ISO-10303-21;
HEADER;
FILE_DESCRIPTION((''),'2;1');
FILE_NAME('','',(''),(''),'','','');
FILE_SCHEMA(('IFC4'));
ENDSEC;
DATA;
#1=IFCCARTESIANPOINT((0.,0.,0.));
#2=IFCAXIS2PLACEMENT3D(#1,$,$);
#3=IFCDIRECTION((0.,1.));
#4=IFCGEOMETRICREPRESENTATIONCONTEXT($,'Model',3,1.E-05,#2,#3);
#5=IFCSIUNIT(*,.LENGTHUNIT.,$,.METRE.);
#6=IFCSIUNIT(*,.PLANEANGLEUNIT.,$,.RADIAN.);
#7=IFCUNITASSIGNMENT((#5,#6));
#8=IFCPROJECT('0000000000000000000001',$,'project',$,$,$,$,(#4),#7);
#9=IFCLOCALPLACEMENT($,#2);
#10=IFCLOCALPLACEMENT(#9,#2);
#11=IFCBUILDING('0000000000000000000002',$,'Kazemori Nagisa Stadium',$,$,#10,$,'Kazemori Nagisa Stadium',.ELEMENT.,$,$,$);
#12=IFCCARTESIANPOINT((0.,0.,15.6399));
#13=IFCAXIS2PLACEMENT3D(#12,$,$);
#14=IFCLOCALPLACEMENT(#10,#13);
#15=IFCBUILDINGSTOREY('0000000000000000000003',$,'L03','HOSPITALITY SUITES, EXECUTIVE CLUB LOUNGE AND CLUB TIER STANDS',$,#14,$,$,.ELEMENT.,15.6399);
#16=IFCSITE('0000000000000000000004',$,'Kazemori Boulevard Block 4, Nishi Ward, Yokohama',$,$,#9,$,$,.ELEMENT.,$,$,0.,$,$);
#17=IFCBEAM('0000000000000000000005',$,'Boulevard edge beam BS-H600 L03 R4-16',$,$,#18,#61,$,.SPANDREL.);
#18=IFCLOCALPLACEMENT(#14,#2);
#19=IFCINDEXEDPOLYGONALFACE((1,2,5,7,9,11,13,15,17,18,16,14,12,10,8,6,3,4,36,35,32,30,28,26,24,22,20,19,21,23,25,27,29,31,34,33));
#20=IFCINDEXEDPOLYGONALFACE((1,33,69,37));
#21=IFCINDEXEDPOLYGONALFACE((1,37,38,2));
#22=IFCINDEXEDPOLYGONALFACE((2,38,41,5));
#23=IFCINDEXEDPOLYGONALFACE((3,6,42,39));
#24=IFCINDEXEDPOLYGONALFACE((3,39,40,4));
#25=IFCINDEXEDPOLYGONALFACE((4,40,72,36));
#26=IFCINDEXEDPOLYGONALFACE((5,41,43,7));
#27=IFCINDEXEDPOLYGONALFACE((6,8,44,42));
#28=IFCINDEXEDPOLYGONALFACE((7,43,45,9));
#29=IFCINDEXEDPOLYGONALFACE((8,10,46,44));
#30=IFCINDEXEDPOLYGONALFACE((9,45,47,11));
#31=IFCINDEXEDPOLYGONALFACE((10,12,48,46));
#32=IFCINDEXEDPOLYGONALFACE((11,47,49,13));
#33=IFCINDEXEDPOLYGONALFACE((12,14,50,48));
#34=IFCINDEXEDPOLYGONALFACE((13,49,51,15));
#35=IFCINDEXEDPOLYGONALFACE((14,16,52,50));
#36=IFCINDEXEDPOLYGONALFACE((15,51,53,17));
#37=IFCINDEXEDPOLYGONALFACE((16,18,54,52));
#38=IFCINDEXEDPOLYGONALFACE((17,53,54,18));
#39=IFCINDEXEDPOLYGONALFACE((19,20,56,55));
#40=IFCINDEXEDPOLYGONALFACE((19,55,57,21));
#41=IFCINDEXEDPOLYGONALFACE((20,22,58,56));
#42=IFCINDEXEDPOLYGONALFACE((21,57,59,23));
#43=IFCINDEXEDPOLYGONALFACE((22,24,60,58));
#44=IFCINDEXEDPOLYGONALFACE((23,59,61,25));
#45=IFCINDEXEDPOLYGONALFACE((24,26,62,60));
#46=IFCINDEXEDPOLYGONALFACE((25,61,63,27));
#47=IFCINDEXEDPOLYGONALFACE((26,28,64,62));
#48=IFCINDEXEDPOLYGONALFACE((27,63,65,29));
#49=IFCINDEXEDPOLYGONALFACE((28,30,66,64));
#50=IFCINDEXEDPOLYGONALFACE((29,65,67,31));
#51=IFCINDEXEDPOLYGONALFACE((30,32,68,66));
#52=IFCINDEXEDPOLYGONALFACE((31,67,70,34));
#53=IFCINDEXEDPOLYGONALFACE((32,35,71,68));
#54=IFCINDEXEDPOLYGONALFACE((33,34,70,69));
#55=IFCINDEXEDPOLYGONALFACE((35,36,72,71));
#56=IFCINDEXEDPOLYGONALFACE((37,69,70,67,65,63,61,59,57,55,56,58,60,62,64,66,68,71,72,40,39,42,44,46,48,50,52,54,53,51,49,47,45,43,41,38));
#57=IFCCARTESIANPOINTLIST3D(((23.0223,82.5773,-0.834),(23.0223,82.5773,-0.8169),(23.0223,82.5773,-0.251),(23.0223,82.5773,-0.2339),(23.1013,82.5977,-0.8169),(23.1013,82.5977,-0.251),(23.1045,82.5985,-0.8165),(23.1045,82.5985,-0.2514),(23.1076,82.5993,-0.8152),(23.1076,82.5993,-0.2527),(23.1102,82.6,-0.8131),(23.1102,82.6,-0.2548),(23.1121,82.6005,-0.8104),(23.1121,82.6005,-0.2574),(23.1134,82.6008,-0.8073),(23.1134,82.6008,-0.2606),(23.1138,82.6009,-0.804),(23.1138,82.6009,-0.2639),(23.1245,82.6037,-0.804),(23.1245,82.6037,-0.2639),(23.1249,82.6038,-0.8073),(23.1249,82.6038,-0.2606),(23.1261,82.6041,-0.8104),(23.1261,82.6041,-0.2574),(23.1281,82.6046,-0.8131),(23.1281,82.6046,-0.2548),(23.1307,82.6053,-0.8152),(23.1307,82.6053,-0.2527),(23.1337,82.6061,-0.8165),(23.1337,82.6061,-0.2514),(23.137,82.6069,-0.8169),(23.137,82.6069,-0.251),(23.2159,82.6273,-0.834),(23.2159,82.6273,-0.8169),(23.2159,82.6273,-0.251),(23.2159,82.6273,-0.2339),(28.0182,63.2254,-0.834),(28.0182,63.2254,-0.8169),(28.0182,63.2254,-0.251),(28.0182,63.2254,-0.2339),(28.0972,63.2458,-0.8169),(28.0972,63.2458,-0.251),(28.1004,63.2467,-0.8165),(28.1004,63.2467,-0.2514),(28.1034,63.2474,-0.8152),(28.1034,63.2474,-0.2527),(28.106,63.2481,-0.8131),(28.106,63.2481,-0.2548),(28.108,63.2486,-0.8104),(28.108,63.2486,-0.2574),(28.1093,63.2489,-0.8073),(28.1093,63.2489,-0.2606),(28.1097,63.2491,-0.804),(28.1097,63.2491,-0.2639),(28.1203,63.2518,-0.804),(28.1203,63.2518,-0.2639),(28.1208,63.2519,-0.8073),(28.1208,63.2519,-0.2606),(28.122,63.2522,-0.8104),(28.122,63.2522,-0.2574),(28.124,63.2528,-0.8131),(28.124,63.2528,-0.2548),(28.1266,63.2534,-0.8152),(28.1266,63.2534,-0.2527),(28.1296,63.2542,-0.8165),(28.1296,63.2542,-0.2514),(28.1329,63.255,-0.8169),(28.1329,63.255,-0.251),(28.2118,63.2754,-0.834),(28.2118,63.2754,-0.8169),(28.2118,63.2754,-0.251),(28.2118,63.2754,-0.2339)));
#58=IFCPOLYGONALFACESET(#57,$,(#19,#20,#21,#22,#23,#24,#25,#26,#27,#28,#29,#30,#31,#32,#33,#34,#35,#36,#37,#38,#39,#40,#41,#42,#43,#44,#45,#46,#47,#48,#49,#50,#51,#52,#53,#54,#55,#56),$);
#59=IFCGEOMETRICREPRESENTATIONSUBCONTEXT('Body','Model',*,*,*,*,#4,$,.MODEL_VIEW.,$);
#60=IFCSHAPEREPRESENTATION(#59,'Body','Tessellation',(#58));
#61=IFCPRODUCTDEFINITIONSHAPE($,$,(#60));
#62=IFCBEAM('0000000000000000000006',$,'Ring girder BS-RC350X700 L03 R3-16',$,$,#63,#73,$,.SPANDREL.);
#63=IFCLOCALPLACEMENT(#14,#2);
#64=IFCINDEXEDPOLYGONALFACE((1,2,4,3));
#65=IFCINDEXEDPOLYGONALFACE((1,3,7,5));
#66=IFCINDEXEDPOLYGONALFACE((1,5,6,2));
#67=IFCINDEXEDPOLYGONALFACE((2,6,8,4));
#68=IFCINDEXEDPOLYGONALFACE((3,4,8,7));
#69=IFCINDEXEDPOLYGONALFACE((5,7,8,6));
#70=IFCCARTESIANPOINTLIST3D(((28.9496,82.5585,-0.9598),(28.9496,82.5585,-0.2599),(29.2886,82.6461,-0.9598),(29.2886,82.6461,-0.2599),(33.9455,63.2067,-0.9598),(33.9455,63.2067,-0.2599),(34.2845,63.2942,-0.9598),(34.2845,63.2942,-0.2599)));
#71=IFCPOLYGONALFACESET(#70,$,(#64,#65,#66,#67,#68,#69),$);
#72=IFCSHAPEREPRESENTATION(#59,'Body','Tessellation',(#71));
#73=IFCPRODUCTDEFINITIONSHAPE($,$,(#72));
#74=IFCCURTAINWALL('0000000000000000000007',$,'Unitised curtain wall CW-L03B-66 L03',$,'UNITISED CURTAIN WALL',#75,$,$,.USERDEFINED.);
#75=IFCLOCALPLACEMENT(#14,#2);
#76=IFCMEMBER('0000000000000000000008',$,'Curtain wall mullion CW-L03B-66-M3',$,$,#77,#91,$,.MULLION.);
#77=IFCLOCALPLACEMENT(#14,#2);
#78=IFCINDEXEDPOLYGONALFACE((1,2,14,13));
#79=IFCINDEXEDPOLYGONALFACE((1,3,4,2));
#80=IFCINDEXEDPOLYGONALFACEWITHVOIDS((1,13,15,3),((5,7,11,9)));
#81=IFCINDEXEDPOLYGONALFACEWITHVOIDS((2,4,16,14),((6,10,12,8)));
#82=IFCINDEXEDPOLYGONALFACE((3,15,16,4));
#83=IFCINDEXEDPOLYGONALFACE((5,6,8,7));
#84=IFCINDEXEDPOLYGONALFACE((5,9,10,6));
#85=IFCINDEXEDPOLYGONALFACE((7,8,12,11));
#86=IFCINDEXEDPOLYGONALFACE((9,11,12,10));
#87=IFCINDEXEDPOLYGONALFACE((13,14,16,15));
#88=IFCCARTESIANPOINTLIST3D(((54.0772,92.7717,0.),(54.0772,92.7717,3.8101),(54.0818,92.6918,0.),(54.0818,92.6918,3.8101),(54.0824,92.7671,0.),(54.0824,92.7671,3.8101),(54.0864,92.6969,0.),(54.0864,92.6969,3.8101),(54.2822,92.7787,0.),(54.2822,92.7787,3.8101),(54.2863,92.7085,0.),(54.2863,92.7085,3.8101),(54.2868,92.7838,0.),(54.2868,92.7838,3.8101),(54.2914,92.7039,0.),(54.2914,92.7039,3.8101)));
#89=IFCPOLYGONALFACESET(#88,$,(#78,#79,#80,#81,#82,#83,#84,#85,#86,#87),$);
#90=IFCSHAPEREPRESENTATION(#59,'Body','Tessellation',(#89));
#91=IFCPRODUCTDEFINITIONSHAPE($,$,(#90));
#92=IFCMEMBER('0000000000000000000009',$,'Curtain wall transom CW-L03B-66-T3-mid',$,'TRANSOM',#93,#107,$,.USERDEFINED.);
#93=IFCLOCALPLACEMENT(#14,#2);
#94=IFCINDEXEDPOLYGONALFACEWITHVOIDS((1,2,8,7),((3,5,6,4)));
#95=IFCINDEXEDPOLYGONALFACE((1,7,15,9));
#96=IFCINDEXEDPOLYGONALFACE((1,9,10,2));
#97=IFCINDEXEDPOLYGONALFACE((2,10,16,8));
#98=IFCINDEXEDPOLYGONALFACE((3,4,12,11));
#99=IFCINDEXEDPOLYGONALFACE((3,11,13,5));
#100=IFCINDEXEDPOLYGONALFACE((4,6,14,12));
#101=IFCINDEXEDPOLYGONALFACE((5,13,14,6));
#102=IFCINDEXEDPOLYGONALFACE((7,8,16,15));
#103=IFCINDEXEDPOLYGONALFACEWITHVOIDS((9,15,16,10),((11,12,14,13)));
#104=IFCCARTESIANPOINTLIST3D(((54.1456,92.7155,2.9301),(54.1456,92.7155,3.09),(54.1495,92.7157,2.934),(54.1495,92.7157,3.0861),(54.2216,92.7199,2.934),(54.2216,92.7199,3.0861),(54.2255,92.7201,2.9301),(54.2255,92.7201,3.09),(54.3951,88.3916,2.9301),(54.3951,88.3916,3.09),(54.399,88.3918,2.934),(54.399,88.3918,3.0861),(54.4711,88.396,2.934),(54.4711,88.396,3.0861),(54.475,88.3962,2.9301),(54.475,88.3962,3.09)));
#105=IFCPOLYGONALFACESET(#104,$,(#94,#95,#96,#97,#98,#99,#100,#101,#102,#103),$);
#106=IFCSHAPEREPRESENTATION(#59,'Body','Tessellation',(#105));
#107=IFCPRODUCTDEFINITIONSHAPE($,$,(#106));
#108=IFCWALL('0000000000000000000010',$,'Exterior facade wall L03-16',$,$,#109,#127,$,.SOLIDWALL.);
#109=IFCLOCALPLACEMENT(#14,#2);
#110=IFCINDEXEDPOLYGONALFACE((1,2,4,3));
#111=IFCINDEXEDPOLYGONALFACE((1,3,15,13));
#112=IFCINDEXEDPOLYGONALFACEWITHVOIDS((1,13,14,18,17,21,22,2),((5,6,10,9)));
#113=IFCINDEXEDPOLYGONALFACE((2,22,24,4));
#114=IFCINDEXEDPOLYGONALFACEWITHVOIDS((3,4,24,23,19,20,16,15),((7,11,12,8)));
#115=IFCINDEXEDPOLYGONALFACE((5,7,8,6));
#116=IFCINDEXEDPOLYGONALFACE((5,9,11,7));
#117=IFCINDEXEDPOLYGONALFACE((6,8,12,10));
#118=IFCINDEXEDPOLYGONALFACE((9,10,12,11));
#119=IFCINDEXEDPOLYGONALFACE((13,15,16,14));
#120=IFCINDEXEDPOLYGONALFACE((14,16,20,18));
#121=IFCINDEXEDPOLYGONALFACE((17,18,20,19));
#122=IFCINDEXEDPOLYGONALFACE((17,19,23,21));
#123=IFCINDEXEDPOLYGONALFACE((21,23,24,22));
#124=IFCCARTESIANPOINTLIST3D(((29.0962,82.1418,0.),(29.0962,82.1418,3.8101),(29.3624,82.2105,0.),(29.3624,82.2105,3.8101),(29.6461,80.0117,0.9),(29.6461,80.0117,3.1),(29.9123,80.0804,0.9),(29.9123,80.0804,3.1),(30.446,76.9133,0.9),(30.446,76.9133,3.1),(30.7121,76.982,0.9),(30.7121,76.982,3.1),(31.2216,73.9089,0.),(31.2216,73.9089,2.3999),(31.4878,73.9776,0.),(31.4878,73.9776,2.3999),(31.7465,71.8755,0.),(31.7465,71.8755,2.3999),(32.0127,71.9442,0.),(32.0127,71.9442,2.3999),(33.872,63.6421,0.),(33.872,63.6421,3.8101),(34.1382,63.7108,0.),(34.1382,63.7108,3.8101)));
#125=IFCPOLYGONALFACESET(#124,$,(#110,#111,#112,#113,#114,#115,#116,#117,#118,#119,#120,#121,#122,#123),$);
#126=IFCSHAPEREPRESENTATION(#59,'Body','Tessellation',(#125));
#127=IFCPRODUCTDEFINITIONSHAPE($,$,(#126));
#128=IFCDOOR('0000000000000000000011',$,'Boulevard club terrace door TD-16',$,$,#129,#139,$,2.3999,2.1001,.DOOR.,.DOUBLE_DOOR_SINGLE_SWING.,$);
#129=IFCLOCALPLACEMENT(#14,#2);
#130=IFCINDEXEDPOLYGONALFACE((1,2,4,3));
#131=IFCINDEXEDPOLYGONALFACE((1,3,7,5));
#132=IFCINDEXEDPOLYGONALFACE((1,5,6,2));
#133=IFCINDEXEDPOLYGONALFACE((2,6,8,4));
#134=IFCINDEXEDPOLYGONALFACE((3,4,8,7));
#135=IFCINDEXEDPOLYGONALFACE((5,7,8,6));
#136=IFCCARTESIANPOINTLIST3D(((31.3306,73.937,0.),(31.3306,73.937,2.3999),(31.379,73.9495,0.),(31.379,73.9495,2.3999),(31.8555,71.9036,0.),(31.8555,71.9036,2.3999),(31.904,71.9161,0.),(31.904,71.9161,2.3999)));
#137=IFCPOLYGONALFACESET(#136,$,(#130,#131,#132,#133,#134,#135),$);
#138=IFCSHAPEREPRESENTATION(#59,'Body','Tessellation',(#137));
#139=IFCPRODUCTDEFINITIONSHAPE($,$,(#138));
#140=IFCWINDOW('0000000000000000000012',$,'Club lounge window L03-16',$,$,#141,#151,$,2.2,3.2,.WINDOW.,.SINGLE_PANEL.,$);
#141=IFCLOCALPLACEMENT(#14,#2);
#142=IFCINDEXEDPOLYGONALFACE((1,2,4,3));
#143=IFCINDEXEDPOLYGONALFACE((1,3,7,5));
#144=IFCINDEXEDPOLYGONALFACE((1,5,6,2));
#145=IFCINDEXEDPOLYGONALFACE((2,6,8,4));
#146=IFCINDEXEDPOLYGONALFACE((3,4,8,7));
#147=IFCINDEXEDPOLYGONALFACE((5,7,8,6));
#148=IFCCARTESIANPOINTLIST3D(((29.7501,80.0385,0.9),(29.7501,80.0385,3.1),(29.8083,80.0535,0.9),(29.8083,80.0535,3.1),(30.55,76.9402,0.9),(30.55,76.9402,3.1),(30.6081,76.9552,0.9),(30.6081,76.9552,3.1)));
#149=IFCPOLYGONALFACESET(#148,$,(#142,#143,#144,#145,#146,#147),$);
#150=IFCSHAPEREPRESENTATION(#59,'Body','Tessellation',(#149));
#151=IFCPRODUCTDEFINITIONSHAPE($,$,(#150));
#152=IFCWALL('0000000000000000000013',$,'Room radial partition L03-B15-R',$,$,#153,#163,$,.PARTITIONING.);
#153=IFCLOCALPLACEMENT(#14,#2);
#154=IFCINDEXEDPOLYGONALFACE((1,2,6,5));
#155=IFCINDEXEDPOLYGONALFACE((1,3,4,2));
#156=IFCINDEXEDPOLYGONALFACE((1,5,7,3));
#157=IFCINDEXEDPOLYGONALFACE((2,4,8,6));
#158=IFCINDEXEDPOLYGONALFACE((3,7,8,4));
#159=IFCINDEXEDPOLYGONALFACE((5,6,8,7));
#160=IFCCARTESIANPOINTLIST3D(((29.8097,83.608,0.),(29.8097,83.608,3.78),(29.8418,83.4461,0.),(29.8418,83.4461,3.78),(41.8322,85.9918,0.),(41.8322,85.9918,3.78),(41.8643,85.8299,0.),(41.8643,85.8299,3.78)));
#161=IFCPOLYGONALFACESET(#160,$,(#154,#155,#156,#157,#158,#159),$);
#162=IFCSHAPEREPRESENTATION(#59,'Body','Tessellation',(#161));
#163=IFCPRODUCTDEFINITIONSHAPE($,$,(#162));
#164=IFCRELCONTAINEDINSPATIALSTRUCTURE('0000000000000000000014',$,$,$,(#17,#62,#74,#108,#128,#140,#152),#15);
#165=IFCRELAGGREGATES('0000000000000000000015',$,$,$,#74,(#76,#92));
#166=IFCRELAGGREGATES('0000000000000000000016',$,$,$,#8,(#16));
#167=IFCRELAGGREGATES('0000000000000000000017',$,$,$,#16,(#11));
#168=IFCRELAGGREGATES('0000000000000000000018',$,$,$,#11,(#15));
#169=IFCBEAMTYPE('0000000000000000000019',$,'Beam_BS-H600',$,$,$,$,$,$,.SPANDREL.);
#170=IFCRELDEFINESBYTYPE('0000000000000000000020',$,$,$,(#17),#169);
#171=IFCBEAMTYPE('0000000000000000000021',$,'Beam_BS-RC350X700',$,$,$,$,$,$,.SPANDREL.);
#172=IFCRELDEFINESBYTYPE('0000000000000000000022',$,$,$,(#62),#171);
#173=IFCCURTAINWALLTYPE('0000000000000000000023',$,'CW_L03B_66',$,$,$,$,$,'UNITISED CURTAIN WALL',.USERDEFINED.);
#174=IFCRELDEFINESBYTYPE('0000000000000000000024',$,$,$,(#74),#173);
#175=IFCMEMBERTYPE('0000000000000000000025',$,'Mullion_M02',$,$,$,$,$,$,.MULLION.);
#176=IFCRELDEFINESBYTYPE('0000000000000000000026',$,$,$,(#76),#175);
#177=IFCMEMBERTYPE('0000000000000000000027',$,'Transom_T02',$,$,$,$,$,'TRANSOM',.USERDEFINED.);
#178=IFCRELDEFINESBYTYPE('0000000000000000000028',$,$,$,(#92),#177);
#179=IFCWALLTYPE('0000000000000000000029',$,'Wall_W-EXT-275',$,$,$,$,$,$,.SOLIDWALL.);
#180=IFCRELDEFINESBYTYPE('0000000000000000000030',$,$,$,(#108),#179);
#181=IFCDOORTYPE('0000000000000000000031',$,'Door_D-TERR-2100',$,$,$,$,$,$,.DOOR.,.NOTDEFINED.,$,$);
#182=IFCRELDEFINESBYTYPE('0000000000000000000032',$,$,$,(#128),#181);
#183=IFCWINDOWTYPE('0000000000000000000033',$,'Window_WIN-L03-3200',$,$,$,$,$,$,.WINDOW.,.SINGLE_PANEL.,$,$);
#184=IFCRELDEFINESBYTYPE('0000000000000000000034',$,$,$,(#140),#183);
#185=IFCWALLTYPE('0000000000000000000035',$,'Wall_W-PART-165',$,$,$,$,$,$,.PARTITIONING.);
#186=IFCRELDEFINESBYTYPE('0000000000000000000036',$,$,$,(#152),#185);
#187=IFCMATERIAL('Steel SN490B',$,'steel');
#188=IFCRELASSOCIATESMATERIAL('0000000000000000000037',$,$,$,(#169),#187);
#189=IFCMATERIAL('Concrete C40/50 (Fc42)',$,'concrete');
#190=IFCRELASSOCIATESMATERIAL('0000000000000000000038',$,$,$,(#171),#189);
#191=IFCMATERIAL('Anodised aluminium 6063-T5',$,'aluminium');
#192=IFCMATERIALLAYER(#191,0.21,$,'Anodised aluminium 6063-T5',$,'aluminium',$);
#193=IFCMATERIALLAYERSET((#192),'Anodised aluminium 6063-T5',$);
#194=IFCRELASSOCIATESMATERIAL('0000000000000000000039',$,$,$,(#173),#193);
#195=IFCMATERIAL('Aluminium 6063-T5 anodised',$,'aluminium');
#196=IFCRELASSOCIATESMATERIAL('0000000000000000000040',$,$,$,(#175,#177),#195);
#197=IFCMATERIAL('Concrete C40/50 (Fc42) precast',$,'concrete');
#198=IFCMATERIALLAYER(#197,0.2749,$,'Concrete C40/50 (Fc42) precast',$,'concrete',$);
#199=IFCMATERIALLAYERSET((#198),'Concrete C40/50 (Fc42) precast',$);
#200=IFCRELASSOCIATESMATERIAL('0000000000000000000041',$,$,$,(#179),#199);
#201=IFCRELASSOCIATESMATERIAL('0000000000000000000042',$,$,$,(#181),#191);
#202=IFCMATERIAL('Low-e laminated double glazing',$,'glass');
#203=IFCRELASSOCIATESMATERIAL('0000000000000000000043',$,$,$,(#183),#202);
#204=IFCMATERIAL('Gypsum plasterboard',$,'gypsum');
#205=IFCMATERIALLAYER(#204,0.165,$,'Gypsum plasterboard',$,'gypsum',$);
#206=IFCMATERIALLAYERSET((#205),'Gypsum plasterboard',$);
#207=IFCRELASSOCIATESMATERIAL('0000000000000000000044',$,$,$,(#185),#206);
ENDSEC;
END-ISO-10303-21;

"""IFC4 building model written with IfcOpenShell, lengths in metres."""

from ifc_helpers import new_model, si_unit, direction, frame, frame_2d, origin, origin_2d, place, context, subcontext, project, spatial, rectangle, hollow_rectangle, i_section, extrude, material, layer, layer_set, material_profile, profile_set, type_object, element, fill, aggregate, save


model = new_model("IFC4")

# Units and contexts
model_context = context("Model", 3, precision=1e-05, world=origin(), true_north=direction((0.0, 1.0)))
body_context = subcontext(model_context, "Body", "Model", "MODEL_VIEW")
ifc_project = project(units=[si_unit("LENGTHUNIT", "METRE"), si_unit("PLANEANGLEUNIT", "RADIAN")], contexts=[model_context])

# Site, building, storey
site_placement = place(None, origin())
site = spatial("IfcSite", under=ifc_project, at=site_placement, Name="Kazemori Boulevard Block 4, Nishi Ward, Yokohama", CompositionType="ELEMENT", RefElevation=0.0)
building_placement = place(site_placement, origin())
building = spatial("IfcBuilding", under=site, at=building_placement, Name="Kazemori Nagisa Stadium", LongName="Kazemori Nagisa Stadium", CompositionType="ELEMENT")
storey_placement = place(building_placement, frame((0.0, 0.0, 15.6399)))
storey = spatial("IfcBuildingStorey", under=building, at=storey_placement, Name="L03", Description="HOSPITALITY SUITES, EXECUTIVE CLUB LOUNGE AND CLUB TIER STANDS", CompositionType="ELEMENT", Elevation=15.6399)

# Shared definitions
ifc_material_1 = material(Name="Concrete C40/50 (Fc42)", Category="concrete")

# Beams
ifc_material_2 = material(Name="Steel SN490B", Category="steel")
ifc_material_profile_1 = material_profile(ifc_material_2, i_section(OverallWidth=0.2, OverallDepth=0.6001, WebThickness=0.011, FlangeThickness=0.0171, FilletRadius=0.0129, at=origin_2d()), Name="H-600x200x11x17")
ifc_profile_set_1 = profile_set([ifc_material_profile_1], Name="Steel SN490B")
beam_type_1 = type_object("IfcBeamType", Name="Beam_BS-H600", PredefinedType="SPANDREL", material=ifc_profile_set_1)
beam_1_placement = place(storey_placement, frame((23.1191, 82.6023, -0.5339), z_axis=(0.249964, -0.968255, 0.0), x_axis=(0.968255, 0.249964, 0.0)))
element("IfcBeam", 1, at=beam_1_placement, inside=storey, type_object=beam_type_1, Name="Boulevard edge beam BS-H600 L03 R4-16", PredefinedType="SPANDREL", context=body_context, shape_type="SweptSolid", body=[
    extrude(i_section(OverallWidth=0.2, OverallDepth=0.6001, WebThickness=0.011, FlangeThickness=0.0171, FilletRadius=0.0129, at=origin_2d()), origin(), (0.0, 0.0, 1.0), 19.9863),
])
ifc_material_profile_2 = material_profile(ifc_material_1, rectangle(XDim=0.3501, YDim=0.7, at=origin_2d()), Name="RC-SP-350x700")
ifc_profile_set_2 = profile_set([ifc_material_profile_2], Name="Concrete C40/50 (Fc42)")
beam_type_2 = type_object("IfcBeamType", Name="Beam_BS-RC350X700", PredefinedType="SPANDREL", material=ifc_profile_set_2)
beam_2_placement = place(storey_placement, frame((29.1191, 82.6023, -0.6099), z_axis=(0.249964, -0.968255, 0.0), x_axis=(0.968255, 0.249964, 0.0)))
element("IfcBeam", 2, at=beam_2_placement, inside=storey, type_object=beam_type_2, Name="Ring girder BS-RC350X700 L03 R3-16", PredefinedType="SPANDREL", context=body_context, shape_type="SweptSolid", body=[
    extrude(rectangle(XDim=0.3501, YDim=0.7, at=origin_2d()), origin(), (0.0, 0.0, 1.0), 19.9863),
])

# Curtain wall, members
ifc_material_3 = material(Name="Anodised aluminium 6063-T5", Category="aluminium")
ifc_layer_1 = layer(ifc_material_3, 0.21, Name="Anodised aluminium 6063-T5", Category="aluminium")
ifc_layer_set_1 = layer_set([ifc_layer_1], Name="Anodised aluminium 6063-T5")
curtain_wall_type = type_object("IfcCurtainWallType", Name="CW_L03B_66", ElementType="UNITISED CURTAIN WALL", PredefinedType="USERDEFINED", material=ifc_layer_set_1)
curtain_wall_placement = place(storey_placement, origin())
curtain_wall = element("IfcCurtainWall", 3, at=curtain_wall_placement, inside=storey, type_object=curtain_wall_type, Name="Unitised curtain wall CW-L03B-66 L03", ObjectType="UNITISED CURTAIN WALL", PredefinedType="USERDEFINED")
ifc_material_4 = material(Name="Aluminium 6063-T5 anodised", Category="aluminium")
ifc_material_profile_3 = material_profile(ifc_material_4, hollow_rectangle(XDim=0.0801, YDim=0.21, WallThickness=0.0049, at=origin_2d()), Name="ALU-MULL-80x210x5")
ifc_profile_set_3 = profile_set([ifc_material_profile_3], Name="Aluminium 6063-T5 anodised")
member_type_1 = type_object("IfcMemberType", Name="Mullion_M02", PredefinedType="MULLION", material=ifc_profile_set_3)
member_1_placement = place(storey_placement, frame((54.1843, 92.7378, 0.0), z_axis=(0.0, 0.0, 1.0), x_axis=(0.057602, -0.99834, 0.0)))
member_1 = element("IfcMember", 4, at=member_1_placement, type_object=member_type_1, Name="Curtain wall mullion CW-L03B-66-M3", PredefinedType="MULLION", context=body_context, shape_type="SweptSolid", body=[
    extrude(hollow_rectangle(XDim=0.0801, YDim=0.21, WallThickness=0.0049, at=origin_2d()), origin(), (0.0, 0.0, 1.0), 3.8101),
])
ifc_material_profile_4 = material_profile(ifc_material_4, hollow_rectangle(XDim=0.0801, YDim=0.1599, WallThickness=0.0039, at=origin_2d()), Name="ALU-TRAN-80x160x4")
ifc_profile_set_4 = profile_set([ifc_material_profile_4], Name="Aluminium 6063-T5 anodised")
member_type_2 = type_object("IfcMemberType", Name="Transom_T02", ElementType="TRANSOM", PredefinedType="USERDEFINED", material=ifc_profile_set_4)
member_2_placement = place(storey_placement, frame((54.1855, 92.7178, 3.01), z_axis=(0.057608, -0.998339, 0.0), x_axis=(0.998339, 0.057608, 0.0)))
member_2 = element("IfcMember", 5, at=member_2_placement, type_object=member_type_2, Name="Curtain wall transom CW-L03B-66-T3-mid", ObjectType="TRANSOM", PredefinedType="USERDEFINED", context=body_context, shape_type="SweptSolid", body=[
    extrude(hollow_rectangle(XDim=0.0801, YDim=0.1599, WallThickness=0.0039, at=origin_2d()), origin(), (0.0, 0.0, 1.0), 4.3311),
])
aggregate(curtain_wall, [member_1, member_2])

# Wall, openings, door, window
ifc_material_5 = material(Name="Concrete C40/50 (Fc42) precast", Category="concrete")
ifc_layer_2 = layer(ifc_material_5, 0.2749, Name="Concrete C40/50 (Fc42) precast", Category="concrete")
ifc_layer_set_2 = layer_set([ifc_layer_2], Name="Concrete C40/50 (Fc42) precast")
wall_type_1 = type_object("IfcWallType", Name="Wall_W-EXT-275", PredefinedType="SOLIDWALL", material=ifc_layer_set_2)
wall_1_placement = place(storey_placement, frame((29.2292, 82.1763, 0.0), z_axis=(0.0, 0.0, 1.0), x_axis=(0.249964, -0.968255, 0.0)))
wall_1 = element("IfcWall", 6, at=wall_1_placement, inside=storey, type_object=wall_type_1, Name="Exterior facade wall L03-16", PredefinedType="SOLIDWALL", context=body_context, shape_type="SweptSolid", body=[
    extrude(rectangle(XDim=19.1062, YDim=0.2749, at=frame_2d((9.5532, 0.0))), origin(), (0.0, 0.0, 1.0), 3.8101),
])
opening_1_placement = place(wall_1_placement, frame((8.5029, 0.0, 0.0)))
opening_1 = element("IfcOpeningElement", 7, at=opening_1_placement, cuts=wall_1, PredefinedType="OPENING", context=body_context, shape_type="SweptSolid", body=[
    extrude(rectangle(XDim=2.1001, YDim=2.3999, at=frame_2d((1.05, 1.2))), frame((0.0, 0.1475, 0.0), z_axis=(0.0, -1.0, 0.0), x_axis=(1.0, 0.0, 0.0)), (0.0, 0.0, 1.0), 0.2949),
])
opening_2_placement = place(wall_1_placement, frame((2.2, 0.0, 0.8999)))
opening_2 = element("IfcOpeningElement", 8, at=opening_2_placement, cuts=wall_1, PredefinedType="OPENING", context=body_context, shape_type="SweptSolid", body=[
    extrude(rectangle(XDim=3.2, YDim=2.2, at=frame_2d((1.6001, 1.1001))), frame((0.0, 0.1475, 0.0), z_axis=(0.0, -1.0, 0.0), x_axis=(1.0, 0.0, 0.0)), (0.0, 0.0, 1.0), 0.2949),
])
door_type_1 = type_object("IfcDoorType", Name="Door_D-TERR-2100", OperationType="NOTDEFINED", PredefinedType="DOOR", material=ifc_material_3)
door_1_placement = place(opening_1_placement, frame((2.1001, 0.0, 0.0), z_axis=(0.0, 0.0, 1.0), x_axis=(-1.0, 0.0, 0.0)))
door_1 = element("IfcDoor", 9, at=door_1_placement, inside=storey, type_object=door_type_1, Name="Boulevard club terrace door TD-16", OperationType="DOUBLE_DOOR_SINGLE_SWING", OverallHeight=2.3999, OverallWidth=2.1001, PredefinedType="DOOR", context=body_context, shape_type="SweptSolid", body=[
    extrude(rectangle(XDim=2.1001, YDim=2.3999, at=frame_2d((1.05, 1.2))), frame((0.0, 0.0249, 0.0), z_axis=(0.0, -1.0, 0.0), x_axis=(1.0, 0.0, 0.0)), (0.0, 0.0, 1.0), 0.05),
])
fill(opening_1, door_1)
ifc_material_6 = material(Name="Low-e laminated double glazing", Category="glass")
window_type = type_object("IfcWindowType", Name="Window_WIN-L03-3200", PartitioningType="SINGLE_PANEL", PredefinedType="WINDOW", material=ifc_material_6)
window_placement = place(opening_2_placement, origin())
window = element("IfcWindow", 10, at=window_placement, inside=storey, type_object=window_type, Name="Club lounge window L03-16", OverallHeight=2.2, OverallWidth=3.2, PartitioningType="SINGLE_PANEL", PredefinedType="WINDOW", context=body_context, shape_type="SweptSolid", body=[
    extrude(rectangle(XDim=3.2, YDim=2.2, at=frame_2d((1.6001, 1.1001))), frame((0.0, 0.03, 0.0), z_axis=(0.0, -1.0, 0.0), x_axis=(1.0, 0.0, 0.0)), (0.0, 0.0, 1.0), 0.0601),
])
fill(opening_2, window)

# Wall
ifc_material_7 = material(Name="Gypsum plasterboard", Category="gypsum")
ifc_layer_3 = layer(ifc_material_7, 0.165, Name="Gypsum plasterboard", Category="gypsum")
ifc_layer_set_3 = layer_set([ifc_layer_3], Name="Gypsum plasterboard")
wall_type_2 = type_object("IfcWallType", Name="Wall_W-PART-165", PredefinedType="PARTITIONING", material=ifc_layer_set_3)
wall_2_placement = place(storey_placement, frame((41.8484, 85.9109, 0.0), z_axis=(0.0, 0.0, 1.0), x_axis=(-0.980904, -0.194492, 0.0)))
element("IfcWall", 11, at=wall_2_placement, inside=storey, type_object=wall_type_2, Name="Room radial partition L03-B15-R", PredefinedType="PARTITIONING", context=body_context, shape_type="SweptSolid", body=[
    extrude(rectangle(XDim=12.2566, YDim=0.165, at=frame_2d((6.1284, 0.0))), origin(), (0.0, 0.0, 1.0), 3.78),
])

save(model, "model.ifc")
